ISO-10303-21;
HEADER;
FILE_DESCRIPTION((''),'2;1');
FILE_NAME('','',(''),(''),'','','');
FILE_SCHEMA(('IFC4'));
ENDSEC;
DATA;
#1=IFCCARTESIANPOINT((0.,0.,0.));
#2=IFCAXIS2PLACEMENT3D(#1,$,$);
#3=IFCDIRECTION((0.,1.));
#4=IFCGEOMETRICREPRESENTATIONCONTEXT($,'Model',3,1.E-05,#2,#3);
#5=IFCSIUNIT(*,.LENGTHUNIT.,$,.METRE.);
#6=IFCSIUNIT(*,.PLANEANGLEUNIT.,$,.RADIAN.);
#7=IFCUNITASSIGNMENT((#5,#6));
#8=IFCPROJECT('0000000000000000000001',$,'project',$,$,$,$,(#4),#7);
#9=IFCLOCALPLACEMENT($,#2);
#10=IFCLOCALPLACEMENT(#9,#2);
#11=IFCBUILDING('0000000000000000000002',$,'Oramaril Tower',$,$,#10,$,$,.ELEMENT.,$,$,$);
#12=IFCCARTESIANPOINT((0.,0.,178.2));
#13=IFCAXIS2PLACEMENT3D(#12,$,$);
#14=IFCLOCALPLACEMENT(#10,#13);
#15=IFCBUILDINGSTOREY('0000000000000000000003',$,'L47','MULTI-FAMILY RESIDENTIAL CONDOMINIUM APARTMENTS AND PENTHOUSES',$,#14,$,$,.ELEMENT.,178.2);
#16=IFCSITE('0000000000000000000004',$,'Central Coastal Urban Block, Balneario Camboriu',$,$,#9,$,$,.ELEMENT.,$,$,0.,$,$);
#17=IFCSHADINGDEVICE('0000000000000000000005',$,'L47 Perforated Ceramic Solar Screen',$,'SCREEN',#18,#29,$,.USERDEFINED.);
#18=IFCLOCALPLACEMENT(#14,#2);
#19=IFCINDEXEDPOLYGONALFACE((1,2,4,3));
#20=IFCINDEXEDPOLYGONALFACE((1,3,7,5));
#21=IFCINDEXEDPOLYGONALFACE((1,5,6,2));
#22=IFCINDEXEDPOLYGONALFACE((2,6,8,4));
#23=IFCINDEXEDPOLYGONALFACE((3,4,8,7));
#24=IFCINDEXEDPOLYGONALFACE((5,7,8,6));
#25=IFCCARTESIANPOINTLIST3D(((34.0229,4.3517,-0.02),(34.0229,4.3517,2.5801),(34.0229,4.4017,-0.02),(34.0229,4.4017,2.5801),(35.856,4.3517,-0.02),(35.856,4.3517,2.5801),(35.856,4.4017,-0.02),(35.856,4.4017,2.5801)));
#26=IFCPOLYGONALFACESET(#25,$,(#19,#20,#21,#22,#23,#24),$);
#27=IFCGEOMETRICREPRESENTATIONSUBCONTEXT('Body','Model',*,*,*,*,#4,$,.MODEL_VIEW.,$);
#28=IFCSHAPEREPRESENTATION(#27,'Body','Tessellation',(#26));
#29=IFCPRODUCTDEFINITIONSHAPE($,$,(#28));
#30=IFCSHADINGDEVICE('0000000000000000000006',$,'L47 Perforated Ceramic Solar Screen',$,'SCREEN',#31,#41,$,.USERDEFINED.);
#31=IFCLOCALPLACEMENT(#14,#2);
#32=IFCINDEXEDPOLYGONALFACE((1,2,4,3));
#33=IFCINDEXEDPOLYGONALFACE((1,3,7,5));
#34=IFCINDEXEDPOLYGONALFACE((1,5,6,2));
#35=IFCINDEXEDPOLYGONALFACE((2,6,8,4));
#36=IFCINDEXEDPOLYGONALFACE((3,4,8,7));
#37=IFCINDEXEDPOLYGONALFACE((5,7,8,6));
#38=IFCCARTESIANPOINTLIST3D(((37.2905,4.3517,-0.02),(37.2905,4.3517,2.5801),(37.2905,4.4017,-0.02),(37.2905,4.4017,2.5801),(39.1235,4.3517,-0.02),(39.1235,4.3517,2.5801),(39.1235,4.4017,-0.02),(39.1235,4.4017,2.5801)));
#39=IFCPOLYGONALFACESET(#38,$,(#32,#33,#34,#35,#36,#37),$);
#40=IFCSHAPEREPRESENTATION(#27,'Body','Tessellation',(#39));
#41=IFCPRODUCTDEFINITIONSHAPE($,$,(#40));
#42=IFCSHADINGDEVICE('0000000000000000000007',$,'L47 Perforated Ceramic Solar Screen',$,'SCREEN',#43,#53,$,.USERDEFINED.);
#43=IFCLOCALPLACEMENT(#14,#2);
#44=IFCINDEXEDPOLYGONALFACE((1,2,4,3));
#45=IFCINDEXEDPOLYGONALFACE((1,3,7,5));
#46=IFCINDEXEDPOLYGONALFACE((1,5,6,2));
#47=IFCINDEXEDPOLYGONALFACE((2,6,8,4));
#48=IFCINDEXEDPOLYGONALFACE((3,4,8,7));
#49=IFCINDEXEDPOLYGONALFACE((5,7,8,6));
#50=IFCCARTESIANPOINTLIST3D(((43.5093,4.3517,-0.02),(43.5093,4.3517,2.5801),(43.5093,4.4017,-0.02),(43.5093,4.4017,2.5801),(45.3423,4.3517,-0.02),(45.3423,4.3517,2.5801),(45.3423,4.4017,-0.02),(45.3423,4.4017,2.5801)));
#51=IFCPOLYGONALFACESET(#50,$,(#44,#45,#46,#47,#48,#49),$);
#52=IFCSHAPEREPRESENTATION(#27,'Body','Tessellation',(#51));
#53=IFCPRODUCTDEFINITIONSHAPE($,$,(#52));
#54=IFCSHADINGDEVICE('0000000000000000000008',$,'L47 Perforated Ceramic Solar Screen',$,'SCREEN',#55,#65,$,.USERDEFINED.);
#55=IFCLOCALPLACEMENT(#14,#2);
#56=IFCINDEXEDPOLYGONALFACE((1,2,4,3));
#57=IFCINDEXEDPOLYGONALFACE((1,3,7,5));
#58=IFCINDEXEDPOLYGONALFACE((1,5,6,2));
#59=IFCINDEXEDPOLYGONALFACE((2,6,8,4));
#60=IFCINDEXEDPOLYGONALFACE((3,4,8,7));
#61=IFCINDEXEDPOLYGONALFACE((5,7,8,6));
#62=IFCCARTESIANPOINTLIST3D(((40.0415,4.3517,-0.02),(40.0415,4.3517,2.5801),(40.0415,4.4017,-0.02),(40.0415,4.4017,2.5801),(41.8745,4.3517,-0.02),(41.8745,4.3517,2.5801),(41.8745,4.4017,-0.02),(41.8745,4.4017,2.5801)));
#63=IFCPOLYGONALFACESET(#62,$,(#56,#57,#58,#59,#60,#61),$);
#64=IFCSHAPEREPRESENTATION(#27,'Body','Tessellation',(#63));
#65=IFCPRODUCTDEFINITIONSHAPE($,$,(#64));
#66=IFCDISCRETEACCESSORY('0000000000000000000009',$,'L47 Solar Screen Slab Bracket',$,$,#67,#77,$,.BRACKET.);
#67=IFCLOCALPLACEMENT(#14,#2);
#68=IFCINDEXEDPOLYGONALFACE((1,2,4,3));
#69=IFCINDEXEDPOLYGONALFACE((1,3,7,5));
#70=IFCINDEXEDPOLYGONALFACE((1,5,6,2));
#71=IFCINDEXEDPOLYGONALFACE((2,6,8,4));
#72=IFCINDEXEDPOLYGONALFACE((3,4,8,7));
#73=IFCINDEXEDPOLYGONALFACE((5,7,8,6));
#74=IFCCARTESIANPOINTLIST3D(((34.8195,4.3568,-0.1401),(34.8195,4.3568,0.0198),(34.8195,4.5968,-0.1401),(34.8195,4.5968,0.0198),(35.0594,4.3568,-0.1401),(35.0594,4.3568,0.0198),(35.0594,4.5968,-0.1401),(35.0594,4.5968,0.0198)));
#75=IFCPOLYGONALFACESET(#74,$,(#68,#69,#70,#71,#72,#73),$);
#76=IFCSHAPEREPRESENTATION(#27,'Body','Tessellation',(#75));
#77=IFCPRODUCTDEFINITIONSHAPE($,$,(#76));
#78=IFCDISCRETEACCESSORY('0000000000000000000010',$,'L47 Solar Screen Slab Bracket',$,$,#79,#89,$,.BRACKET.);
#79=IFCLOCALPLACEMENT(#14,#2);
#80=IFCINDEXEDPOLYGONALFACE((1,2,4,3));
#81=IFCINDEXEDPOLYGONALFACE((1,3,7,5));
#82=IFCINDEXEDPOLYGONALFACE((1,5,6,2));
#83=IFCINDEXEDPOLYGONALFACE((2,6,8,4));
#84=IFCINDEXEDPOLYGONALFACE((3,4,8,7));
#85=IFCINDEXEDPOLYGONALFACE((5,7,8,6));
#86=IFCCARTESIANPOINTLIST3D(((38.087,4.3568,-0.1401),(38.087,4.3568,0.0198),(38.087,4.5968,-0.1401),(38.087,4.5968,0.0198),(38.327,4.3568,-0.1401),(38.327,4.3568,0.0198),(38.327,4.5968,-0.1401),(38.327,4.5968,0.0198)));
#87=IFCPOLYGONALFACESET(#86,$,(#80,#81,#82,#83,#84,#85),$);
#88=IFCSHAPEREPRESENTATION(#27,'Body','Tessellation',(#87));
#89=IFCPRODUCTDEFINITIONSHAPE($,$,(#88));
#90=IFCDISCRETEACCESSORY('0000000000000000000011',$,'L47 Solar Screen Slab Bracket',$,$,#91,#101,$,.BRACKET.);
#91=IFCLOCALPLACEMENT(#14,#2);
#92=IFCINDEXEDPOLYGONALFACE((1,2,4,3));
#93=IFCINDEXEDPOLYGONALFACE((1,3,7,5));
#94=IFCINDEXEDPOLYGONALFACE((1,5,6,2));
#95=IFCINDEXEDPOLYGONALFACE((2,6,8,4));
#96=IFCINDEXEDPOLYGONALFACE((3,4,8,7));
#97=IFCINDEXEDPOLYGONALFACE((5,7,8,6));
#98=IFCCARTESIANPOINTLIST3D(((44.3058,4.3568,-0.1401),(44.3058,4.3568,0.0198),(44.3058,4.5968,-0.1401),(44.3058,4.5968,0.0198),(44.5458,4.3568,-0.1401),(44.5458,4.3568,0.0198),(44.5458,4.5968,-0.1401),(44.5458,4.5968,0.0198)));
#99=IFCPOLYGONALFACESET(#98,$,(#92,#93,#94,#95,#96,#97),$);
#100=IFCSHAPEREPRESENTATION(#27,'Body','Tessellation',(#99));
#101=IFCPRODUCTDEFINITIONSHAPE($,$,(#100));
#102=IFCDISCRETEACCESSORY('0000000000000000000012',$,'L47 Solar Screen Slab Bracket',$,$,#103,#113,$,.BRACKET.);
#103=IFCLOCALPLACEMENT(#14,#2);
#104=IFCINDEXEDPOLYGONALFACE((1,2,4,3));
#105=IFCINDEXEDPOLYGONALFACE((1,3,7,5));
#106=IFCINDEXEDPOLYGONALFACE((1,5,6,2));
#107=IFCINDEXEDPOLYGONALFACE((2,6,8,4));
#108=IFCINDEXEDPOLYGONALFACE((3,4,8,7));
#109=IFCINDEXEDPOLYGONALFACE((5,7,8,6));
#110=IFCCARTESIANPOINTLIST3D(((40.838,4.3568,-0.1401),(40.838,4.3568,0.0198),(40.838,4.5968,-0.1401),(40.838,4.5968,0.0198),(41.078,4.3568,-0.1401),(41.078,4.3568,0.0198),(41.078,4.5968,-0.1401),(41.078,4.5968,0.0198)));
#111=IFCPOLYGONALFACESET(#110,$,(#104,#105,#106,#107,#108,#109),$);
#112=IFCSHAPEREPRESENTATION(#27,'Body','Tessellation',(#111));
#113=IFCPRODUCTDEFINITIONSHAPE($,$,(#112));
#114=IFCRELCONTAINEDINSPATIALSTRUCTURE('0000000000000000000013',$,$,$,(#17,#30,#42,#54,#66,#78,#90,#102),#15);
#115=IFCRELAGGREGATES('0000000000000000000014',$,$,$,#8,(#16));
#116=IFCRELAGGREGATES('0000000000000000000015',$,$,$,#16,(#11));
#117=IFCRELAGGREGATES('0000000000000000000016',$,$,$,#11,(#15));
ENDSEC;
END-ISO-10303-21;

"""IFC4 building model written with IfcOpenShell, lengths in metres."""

from ifc_helpers import new_model, si_unit, direction, frame, origin, origin_2d, place, context, subcontext, project, spatial, rectangle, extrude, element, save


model = new_model("IFC4")

# Units and contexts
model_context = context("Model", 3, precision=1e-05, world=origin(), true_north=direction((0.0, 1.0)))
body_context = subcontext(model_context, "Body", "Model", "MODEL_VIEW")
ifc_project = project(units=[si_unit("LENGTHUNIT", "METRE"), si_unit("PLANEANGLEUNIT", "RADIAN")], contexts=[model_context])

# Site, building, storey
site_placement = place(None, origin())
site = spatial("IfcSite", under=ifc_project, at=site_placement, Name="Central Coastal Urban Block, Balneario Camboriu", CompositionType="ELEMENT", RefElevation=0.0)
building_placement = place(site_placement, origin())
building = spatial("IfcBuilding", under=site, at=building_placement, Name="Oramaril Tower", CompositionType="ELEMENT")
storey_placement = place(building_placement, frame((0.0, 0.0, 178.2)))
storey = spatial("IfcBuildingStorey", under=building, at=storey_placement, Name="L47", Description="MULTI-FAMILY RESIDENTIAL CONDOMINIUM APARTMENTS AND PENTHOUSES", CompositionType="ELEMENT", Elevation=178.2)

# Shading devices
for number, where, z_axis, x_axis, name in (
    (1, (34.9395, 4.3767, -0.02), (0.0, 0.0, 1.0), (1.0, 0.0, 0.0), "L47 Perforated Ceramic Solar Screen"),
    (2, (38.207, 4.3767, -0.02), (0.0, 0.0, 1.0), (1.0, 0.0, 0.0), "L47 Perforated Ceramic Solar Screen"),
    (3, (44.4258, 4.3767, -0.02), (0.0, 0.0, 1.0), (1.0, 0.0, 0.0), "L47 Perforated Ceramic Solar Screen"),
    (4, (40.958, 4.3767, -0.02), (0.0, 0.0, 1.0), (1.0, 0.0, 0.0), "L47 Perforated Ceramic Solar Screen"),
):
    element("IfcShadingDevice", number, at=place(storey_placement, frame(where, z_axis=z_axis, x_axis=x_axis)), inside=storey, Name=name, ObjectType="SCREEN", PredefinedType="USERDEFINED", context=body_context, shape_type="SweptSolid", body=[
        extrude(rectangle(XDim=1.833, YDim=0.05, at=origin_2d()), origin(), (0.0, 0.0, 1.0), 2.6001),
    ])

# Discrete accessories
for number, where, z_axis, x_axis, name in (
    (5, (34.9395, 4.4768, -0.1401), (0.0, 0.0, 1.0), (1.0, 0.0, 0.0), "L47 Solar Screen Slab Bracket"),
    (6, (38.207, 4.4768, -0.1401), (0.0, 0.0, 1.0), (1.0, 0.0, 0.0), "L47 Solar Screen Slab Bracket"),
    (7, (44.4258, 4.4768, -0.1401), (0.0, 0.0, 1.0), (1.0, 0.0, 0.0), "L47 Solar Screen Slab Bracket"),
    (8, (40.958, 4.4768, -0.1401), (0.0, 0.0, 1.0), (1.0, 0.0, 0.0), "L47 Solar Screen Slab Bracket"),
):
    element("IfcDiscreteAccessory", number, at=place(storey_placement, frame(where, z_axis=z_axis, x_axis=x_axis)), inside=storey, Name=name, PredefinedType="BRACKET", context=body_context, shape_type="SweptSolid", body=[
        extrude(rectangle(XDim=0.24, YDim=0.24, at=origin_2d()), origin(), (0.0, 0.0, 1.0), 0.1599),
    ])

save(model, "model.ifc")
